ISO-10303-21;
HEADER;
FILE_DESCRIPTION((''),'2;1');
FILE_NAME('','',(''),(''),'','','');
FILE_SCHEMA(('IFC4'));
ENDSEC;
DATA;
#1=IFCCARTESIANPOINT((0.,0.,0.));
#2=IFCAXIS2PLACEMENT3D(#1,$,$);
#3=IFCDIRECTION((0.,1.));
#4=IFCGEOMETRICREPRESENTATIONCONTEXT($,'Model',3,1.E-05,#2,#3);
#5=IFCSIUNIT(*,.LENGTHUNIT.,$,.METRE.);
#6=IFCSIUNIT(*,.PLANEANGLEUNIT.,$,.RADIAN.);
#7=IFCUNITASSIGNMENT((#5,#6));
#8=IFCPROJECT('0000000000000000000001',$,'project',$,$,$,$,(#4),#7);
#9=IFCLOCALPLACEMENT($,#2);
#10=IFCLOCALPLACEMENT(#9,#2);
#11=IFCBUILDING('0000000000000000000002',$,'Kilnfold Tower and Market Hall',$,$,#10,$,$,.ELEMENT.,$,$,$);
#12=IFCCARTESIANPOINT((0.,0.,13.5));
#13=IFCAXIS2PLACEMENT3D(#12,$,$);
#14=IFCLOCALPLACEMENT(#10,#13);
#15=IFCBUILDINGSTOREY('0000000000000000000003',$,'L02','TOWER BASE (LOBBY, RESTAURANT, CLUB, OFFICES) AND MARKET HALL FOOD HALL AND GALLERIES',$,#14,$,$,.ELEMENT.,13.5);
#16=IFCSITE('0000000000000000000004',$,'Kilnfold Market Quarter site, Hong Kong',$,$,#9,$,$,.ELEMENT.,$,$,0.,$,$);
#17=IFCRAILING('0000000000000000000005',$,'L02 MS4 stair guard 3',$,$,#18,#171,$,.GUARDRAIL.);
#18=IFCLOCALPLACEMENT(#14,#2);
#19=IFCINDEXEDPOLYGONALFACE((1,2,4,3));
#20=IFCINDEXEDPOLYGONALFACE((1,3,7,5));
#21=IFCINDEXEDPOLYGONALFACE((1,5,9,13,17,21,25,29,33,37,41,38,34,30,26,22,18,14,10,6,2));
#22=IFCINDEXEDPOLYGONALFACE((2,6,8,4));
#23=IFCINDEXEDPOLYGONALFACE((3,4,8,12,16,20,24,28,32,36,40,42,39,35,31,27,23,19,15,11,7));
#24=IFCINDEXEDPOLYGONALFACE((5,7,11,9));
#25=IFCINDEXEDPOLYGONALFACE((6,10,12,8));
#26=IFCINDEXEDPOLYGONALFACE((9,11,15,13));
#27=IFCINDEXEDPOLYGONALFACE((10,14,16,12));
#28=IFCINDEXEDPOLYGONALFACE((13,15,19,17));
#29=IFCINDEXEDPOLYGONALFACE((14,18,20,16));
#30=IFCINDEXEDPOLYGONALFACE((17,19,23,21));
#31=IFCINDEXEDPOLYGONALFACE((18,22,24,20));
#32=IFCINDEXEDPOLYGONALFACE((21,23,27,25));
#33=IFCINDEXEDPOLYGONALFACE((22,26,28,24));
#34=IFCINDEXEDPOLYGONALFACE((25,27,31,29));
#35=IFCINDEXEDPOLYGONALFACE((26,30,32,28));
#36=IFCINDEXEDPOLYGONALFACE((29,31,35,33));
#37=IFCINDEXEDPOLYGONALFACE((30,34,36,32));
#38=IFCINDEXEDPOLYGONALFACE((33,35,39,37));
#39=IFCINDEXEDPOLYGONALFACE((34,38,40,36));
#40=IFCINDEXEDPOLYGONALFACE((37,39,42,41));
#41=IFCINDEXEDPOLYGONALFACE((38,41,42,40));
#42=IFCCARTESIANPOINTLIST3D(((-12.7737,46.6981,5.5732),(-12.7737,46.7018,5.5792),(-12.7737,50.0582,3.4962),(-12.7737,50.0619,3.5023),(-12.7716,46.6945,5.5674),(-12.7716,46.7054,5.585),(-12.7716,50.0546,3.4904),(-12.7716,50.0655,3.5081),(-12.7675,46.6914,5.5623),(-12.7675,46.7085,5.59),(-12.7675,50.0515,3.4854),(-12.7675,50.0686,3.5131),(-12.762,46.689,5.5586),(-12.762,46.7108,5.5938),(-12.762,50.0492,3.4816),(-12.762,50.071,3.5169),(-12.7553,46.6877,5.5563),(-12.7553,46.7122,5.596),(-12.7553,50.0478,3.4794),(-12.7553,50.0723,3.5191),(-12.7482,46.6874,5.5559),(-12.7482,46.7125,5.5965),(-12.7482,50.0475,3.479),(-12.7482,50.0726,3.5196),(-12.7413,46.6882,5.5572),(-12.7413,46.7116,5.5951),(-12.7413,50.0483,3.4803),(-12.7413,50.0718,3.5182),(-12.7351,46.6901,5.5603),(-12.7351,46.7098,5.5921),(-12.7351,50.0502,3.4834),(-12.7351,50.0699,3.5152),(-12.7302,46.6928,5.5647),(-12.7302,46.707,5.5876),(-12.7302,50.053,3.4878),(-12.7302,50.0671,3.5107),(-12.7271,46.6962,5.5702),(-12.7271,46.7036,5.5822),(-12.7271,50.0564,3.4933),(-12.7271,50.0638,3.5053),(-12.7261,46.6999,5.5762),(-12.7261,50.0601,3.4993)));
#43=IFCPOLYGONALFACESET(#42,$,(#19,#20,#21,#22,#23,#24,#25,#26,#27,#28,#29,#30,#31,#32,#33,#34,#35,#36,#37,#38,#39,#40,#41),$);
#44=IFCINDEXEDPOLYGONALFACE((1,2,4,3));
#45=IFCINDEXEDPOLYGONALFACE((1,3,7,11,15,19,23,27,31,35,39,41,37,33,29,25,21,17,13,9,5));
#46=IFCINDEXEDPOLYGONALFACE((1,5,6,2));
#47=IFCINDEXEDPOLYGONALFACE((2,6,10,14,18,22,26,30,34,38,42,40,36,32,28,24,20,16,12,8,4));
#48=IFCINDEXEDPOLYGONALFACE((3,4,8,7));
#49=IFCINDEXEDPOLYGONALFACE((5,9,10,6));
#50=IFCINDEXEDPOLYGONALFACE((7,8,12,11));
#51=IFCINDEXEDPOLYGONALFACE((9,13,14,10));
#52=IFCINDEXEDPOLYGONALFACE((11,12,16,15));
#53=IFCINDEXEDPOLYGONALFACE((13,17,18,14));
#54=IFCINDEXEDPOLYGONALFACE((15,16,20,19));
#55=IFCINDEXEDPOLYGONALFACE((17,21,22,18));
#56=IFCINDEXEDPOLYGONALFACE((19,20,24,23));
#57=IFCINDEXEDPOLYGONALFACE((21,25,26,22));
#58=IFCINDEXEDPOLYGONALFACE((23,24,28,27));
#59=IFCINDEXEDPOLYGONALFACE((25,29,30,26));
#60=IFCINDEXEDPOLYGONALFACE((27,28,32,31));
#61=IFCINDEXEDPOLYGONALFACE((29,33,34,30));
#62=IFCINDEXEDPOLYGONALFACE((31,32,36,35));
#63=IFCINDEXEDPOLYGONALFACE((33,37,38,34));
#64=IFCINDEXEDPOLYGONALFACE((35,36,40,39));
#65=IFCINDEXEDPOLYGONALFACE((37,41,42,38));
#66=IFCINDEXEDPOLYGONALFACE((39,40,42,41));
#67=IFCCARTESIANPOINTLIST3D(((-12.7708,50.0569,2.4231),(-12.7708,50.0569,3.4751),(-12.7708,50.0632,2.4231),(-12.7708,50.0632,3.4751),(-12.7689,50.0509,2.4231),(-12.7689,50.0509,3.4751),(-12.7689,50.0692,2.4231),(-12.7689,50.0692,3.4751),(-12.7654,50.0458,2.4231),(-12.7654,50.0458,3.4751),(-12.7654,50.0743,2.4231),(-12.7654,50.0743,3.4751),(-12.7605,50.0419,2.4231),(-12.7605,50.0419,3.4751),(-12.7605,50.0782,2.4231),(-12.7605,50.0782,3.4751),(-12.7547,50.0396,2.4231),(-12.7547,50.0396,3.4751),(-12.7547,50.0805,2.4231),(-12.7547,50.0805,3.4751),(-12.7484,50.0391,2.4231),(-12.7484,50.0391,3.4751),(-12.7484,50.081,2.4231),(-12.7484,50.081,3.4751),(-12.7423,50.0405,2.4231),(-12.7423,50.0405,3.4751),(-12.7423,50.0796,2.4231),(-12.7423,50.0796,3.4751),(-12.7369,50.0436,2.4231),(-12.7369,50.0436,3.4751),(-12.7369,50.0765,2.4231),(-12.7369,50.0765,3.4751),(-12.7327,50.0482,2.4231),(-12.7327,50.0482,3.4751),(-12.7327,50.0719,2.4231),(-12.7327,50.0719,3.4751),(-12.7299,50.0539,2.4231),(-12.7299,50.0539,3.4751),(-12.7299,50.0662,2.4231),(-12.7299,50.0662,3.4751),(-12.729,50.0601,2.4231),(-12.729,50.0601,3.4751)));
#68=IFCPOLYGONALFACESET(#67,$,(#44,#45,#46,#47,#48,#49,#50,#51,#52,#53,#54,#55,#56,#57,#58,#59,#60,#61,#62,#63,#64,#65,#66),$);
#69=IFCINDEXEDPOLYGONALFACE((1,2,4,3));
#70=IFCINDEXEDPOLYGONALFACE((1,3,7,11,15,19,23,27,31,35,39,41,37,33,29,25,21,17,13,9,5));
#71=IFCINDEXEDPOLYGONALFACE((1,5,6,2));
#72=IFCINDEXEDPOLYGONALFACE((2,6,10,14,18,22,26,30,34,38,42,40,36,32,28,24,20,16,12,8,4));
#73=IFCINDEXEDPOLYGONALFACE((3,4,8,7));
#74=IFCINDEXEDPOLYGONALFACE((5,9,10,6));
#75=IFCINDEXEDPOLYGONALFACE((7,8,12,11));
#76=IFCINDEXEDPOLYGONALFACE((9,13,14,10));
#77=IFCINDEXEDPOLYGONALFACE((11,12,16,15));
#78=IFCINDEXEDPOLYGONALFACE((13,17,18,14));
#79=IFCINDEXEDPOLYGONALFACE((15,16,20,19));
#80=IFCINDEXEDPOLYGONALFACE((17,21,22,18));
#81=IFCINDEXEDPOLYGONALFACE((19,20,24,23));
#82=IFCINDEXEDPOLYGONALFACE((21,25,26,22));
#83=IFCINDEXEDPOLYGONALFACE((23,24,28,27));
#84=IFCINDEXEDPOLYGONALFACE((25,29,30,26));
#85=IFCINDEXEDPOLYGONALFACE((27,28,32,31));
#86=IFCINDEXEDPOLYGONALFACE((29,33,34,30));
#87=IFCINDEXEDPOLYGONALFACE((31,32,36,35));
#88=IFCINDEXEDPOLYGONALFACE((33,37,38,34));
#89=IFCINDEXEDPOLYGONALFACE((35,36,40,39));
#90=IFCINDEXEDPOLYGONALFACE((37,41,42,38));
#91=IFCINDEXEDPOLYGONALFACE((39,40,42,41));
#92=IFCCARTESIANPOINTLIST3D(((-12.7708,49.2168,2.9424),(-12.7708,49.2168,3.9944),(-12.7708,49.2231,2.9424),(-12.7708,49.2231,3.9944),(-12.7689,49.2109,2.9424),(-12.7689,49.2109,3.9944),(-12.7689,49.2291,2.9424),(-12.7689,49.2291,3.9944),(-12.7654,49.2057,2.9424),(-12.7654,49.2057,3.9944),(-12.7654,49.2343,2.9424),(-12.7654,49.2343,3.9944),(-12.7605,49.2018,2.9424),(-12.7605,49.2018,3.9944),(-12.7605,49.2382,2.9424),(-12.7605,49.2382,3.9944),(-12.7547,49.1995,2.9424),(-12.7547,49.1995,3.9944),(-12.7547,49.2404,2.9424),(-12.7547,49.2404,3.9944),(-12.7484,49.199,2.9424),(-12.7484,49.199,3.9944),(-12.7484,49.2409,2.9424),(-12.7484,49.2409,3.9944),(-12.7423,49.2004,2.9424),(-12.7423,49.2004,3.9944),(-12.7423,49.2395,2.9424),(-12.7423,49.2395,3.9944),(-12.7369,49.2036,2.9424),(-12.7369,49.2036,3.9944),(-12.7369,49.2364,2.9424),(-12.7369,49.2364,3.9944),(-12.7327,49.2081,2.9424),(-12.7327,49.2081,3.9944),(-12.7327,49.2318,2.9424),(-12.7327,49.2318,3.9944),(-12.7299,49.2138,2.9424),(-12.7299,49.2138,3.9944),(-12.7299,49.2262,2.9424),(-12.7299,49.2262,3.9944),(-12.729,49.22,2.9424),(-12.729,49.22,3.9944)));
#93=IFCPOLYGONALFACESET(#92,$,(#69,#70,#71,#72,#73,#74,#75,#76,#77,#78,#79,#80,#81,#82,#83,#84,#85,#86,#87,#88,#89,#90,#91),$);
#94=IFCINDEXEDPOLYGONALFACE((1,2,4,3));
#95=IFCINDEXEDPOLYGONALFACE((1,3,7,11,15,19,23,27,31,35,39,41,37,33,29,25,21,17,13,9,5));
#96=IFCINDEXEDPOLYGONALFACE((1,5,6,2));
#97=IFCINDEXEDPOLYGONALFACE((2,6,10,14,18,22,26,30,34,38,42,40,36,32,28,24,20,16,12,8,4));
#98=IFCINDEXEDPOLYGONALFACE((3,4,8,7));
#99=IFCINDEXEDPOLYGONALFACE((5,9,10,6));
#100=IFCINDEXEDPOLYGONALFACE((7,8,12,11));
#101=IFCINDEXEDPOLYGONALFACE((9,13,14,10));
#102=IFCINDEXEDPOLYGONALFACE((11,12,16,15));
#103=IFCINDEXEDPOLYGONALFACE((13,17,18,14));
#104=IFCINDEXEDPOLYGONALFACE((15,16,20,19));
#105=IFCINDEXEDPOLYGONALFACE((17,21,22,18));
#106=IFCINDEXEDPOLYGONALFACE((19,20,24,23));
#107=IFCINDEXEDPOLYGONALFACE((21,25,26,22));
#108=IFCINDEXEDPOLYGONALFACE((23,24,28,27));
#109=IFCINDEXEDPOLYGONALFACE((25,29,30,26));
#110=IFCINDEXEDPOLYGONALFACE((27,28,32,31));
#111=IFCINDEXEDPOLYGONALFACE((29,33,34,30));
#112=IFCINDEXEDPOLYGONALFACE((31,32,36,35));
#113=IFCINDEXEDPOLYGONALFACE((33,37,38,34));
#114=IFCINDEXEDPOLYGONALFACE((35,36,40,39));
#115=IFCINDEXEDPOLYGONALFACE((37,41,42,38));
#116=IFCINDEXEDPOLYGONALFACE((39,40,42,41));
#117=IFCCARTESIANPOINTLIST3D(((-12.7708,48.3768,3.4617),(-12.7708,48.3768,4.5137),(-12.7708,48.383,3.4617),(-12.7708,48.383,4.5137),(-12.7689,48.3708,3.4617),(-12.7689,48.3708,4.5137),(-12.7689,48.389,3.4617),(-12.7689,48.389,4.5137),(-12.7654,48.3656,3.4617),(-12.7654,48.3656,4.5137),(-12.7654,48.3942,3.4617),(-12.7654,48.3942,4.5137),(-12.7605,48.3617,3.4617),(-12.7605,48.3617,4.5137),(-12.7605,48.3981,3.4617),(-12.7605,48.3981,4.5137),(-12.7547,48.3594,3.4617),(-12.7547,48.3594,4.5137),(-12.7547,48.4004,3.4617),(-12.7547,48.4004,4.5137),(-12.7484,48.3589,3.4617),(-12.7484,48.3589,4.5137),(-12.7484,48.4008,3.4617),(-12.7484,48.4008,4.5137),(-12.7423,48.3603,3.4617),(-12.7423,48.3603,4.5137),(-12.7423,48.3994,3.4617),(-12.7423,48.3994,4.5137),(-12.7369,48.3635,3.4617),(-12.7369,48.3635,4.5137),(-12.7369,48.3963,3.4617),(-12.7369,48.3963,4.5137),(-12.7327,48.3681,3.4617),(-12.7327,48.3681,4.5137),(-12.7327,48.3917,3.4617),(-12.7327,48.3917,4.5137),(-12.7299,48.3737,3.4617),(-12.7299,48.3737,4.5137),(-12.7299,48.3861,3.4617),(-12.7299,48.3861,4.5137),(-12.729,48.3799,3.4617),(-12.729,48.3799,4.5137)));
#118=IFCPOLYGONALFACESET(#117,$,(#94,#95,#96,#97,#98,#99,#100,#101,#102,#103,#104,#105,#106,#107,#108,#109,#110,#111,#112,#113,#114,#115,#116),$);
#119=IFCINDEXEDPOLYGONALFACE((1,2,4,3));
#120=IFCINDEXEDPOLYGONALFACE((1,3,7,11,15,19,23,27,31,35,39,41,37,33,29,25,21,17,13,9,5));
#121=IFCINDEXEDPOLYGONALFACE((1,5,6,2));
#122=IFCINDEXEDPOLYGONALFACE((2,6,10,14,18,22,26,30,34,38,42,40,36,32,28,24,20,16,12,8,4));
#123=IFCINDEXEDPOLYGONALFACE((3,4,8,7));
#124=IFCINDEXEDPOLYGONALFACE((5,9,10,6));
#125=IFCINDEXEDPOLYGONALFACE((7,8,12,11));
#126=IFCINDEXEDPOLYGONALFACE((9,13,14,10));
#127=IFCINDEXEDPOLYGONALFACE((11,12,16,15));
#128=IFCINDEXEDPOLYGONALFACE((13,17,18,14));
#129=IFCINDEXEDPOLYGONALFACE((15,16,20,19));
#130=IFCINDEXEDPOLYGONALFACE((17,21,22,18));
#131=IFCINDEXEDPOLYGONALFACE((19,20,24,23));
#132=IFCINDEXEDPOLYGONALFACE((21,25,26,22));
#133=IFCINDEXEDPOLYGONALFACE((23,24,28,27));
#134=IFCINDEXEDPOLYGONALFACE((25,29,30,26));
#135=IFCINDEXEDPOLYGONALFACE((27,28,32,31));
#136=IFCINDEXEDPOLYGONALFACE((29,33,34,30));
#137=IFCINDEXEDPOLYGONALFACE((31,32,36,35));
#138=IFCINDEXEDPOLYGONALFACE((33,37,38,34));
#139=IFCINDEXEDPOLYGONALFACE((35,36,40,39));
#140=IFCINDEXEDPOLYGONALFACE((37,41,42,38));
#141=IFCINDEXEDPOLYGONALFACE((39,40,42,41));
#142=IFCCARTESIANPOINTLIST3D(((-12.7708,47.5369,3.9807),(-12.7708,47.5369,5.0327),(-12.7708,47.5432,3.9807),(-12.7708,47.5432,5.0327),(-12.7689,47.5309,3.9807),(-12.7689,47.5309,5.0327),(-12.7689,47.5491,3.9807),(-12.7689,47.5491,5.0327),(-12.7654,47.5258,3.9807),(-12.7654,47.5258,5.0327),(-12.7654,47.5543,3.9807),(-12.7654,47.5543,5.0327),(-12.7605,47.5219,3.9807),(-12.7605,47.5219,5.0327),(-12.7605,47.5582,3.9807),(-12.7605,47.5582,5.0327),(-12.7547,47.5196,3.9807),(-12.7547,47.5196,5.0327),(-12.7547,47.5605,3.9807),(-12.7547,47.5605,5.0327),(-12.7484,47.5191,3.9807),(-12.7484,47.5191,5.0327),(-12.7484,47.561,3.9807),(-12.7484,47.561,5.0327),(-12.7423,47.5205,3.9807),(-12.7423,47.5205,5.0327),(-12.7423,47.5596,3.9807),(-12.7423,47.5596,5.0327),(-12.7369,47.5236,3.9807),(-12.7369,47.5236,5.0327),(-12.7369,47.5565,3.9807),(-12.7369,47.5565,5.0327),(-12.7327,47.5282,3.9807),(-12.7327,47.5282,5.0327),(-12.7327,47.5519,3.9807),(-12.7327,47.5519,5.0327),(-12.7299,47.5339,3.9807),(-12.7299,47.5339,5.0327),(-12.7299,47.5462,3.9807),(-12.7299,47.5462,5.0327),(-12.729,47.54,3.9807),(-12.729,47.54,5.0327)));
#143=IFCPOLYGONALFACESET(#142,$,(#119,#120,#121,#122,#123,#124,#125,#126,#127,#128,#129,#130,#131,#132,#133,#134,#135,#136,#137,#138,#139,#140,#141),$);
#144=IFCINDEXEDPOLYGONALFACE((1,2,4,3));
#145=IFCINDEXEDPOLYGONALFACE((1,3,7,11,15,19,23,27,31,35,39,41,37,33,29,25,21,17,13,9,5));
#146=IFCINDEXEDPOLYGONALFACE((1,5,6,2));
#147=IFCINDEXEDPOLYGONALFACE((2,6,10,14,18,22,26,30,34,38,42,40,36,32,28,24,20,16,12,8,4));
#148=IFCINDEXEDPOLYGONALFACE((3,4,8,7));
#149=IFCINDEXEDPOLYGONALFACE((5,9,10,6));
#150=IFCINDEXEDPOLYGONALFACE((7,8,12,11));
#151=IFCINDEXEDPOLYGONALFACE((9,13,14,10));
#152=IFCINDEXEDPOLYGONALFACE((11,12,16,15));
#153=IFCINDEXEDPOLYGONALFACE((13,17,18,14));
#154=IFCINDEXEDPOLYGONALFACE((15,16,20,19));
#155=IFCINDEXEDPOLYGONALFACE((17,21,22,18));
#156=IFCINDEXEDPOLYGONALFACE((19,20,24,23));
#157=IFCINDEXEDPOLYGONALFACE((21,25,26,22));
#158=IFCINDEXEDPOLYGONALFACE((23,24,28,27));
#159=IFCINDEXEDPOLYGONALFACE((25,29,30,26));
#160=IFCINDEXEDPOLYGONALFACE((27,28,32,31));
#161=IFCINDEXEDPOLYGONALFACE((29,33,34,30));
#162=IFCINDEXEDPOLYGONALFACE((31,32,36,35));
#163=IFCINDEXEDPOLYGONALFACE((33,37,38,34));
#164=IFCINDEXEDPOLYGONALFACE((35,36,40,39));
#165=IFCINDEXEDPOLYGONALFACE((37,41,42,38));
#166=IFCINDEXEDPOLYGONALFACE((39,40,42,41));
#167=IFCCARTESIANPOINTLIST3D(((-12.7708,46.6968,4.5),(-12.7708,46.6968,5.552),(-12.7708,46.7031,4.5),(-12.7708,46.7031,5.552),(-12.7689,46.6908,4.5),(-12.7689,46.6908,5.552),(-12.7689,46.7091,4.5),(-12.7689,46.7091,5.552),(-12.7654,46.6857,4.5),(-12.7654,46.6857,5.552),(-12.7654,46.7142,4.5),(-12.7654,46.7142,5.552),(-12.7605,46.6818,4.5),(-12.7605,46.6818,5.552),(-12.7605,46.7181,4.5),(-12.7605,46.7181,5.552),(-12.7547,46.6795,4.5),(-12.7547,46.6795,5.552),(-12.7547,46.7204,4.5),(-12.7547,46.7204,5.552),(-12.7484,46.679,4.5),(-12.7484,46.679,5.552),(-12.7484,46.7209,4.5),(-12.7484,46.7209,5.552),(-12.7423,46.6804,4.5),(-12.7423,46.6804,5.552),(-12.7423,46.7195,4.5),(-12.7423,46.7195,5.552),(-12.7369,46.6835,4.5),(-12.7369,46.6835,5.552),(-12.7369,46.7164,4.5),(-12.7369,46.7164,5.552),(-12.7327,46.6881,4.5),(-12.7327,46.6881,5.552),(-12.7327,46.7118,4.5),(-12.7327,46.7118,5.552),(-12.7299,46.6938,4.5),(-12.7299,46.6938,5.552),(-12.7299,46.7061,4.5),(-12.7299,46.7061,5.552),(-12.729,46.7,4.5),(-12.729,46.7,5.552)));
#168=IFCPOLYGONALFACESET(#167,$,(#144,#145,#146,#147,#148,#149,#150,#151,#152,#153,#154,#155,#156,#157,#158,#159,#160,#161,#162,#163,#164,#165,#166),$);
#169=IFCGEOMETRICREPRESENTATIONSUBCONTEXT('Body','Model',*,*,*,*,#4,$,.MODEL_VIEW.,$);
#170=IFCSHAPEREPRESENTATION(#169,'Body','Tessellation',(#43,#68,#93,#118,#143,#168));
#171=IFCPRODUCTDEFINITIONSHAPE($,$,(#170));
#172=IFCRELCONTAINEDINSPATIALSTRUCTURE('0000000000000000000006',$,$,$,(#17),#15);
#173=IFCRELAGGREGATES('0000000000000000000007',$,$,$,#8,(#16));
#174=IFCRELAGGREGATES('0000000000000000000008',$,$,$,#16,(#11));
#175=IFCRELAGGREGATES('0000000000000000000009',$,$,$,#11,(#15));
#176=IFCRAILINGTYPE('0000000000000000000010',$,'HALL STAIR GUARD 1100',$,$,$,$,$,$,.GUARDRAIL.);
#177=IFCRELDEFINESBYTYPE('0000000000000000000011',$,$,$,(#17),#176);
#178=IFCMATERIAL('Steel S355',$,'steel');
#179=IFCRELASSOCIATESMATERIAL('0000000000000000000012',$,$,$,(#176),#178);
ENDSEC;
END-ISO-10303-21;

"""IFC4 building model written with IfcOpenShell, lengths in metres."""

from ifc_helpers import new_model, si_unit, direction, frame, origin, origin_2d, place, context, subcontext, project, spatial, circle, extrude, material, type_object, element, save


model = new_model("IFC4")

# Units and contexts
model_context = context("Model", 3, precision=1e-05, world=origin(), true_north=direction((0.0, 1.0)))
body_context = subcontext(model_context, "Body", "Model", "MODEL_VIEW")
ifc_project = project(units=[si_unit("LENGTHUNIT", "METRE"), si_unit("PLANEANGLEUNIT", "RADIAN")], contexts=[model_context])

# Site, building, storey
site_placement = place(None, origin())
site = spatial("IfcSite", under=ifc_project, at=site_placement, Name="Kilnfold Market Quarter site, Hong Kong", CompositionType="ELEMENT", RefElevation=0.0)
building_placement = place(site_placement, origin())
building = spatial("IfcBuilding", under=site, at=building_placement, Name="Kilnfold Tower and Market Hall", CompositionType="ELEMENT")
storey_placement = place(building_placement, frame((0.0, 0.0, 13.5)))
storey = spatial("IfcBuildingStorey", under=building, at=storey_placement, Name="L02", Description="TOWER BASE (LOBBY, RESTAURANT, CLUB, OFFICES) AND MARKET HALL FOOD HALL AND GALLERIES", CompositionType="ELEMENT", Elevation=13.5)

# Railing
ifc_material_1 = material(Name="Steel S355", Category="steel")
railing_type_1 = type_object("IfcRailingType", Name="HALL STAIR GUARD 1100", PredefinedType="GUARDRAIL", material=ifc_material_1)
railing_1_placement = place(storey_placement, frame((-12.75, 50.0601, 2.4231)))
element("IfcRailing", 1, at=railing_1_placement, inside=storey, type_object=railing_type_1, Name="L02 MS4 stair guard 3", PredefinedType="GUARDRAIL", context=body_context, shape_type="SweptSolid", body=[
    extrude(circle(Radius=0.0239, at=origin_2d()), frame((0.0, 0.0, 1.0762), z_axis=(0.0, -0.850623, 0.525776), x_axis=(1.0, 0.0, 0.0)), (0.0, 0.0, 1.0), 3.9502),
    extrude(circle(Radius=0.021, at=origin_2d()), origin(), (0.0, 0.0, 1.0), 1.052),
    extrude(circle(Radius=0.021, at=origin_2d()), frame((0.0, -0.8401, 0.5193)), (0.0, 0.0, 1.0), 1.052),
    extrude(circle(Radius=0.021, at=origin_2d()), frame((0.0, -1.6802, 1.0386)), (0.0, 0.0, 1.0), 1.052),
    extrude(circle(Radius=0.021, at=origin_2d()), frame((0.0, -2.52, 1.5576)), (0.0, 0.0, 1.0), 1.052),
    extrude(circle(Radius=0.021, at=origin_2d()), frame((0.0, -3.3601, 2.0769)), (0.0, 0.0, 1.0), 1.052),
])

save(model, "model.ifc")
